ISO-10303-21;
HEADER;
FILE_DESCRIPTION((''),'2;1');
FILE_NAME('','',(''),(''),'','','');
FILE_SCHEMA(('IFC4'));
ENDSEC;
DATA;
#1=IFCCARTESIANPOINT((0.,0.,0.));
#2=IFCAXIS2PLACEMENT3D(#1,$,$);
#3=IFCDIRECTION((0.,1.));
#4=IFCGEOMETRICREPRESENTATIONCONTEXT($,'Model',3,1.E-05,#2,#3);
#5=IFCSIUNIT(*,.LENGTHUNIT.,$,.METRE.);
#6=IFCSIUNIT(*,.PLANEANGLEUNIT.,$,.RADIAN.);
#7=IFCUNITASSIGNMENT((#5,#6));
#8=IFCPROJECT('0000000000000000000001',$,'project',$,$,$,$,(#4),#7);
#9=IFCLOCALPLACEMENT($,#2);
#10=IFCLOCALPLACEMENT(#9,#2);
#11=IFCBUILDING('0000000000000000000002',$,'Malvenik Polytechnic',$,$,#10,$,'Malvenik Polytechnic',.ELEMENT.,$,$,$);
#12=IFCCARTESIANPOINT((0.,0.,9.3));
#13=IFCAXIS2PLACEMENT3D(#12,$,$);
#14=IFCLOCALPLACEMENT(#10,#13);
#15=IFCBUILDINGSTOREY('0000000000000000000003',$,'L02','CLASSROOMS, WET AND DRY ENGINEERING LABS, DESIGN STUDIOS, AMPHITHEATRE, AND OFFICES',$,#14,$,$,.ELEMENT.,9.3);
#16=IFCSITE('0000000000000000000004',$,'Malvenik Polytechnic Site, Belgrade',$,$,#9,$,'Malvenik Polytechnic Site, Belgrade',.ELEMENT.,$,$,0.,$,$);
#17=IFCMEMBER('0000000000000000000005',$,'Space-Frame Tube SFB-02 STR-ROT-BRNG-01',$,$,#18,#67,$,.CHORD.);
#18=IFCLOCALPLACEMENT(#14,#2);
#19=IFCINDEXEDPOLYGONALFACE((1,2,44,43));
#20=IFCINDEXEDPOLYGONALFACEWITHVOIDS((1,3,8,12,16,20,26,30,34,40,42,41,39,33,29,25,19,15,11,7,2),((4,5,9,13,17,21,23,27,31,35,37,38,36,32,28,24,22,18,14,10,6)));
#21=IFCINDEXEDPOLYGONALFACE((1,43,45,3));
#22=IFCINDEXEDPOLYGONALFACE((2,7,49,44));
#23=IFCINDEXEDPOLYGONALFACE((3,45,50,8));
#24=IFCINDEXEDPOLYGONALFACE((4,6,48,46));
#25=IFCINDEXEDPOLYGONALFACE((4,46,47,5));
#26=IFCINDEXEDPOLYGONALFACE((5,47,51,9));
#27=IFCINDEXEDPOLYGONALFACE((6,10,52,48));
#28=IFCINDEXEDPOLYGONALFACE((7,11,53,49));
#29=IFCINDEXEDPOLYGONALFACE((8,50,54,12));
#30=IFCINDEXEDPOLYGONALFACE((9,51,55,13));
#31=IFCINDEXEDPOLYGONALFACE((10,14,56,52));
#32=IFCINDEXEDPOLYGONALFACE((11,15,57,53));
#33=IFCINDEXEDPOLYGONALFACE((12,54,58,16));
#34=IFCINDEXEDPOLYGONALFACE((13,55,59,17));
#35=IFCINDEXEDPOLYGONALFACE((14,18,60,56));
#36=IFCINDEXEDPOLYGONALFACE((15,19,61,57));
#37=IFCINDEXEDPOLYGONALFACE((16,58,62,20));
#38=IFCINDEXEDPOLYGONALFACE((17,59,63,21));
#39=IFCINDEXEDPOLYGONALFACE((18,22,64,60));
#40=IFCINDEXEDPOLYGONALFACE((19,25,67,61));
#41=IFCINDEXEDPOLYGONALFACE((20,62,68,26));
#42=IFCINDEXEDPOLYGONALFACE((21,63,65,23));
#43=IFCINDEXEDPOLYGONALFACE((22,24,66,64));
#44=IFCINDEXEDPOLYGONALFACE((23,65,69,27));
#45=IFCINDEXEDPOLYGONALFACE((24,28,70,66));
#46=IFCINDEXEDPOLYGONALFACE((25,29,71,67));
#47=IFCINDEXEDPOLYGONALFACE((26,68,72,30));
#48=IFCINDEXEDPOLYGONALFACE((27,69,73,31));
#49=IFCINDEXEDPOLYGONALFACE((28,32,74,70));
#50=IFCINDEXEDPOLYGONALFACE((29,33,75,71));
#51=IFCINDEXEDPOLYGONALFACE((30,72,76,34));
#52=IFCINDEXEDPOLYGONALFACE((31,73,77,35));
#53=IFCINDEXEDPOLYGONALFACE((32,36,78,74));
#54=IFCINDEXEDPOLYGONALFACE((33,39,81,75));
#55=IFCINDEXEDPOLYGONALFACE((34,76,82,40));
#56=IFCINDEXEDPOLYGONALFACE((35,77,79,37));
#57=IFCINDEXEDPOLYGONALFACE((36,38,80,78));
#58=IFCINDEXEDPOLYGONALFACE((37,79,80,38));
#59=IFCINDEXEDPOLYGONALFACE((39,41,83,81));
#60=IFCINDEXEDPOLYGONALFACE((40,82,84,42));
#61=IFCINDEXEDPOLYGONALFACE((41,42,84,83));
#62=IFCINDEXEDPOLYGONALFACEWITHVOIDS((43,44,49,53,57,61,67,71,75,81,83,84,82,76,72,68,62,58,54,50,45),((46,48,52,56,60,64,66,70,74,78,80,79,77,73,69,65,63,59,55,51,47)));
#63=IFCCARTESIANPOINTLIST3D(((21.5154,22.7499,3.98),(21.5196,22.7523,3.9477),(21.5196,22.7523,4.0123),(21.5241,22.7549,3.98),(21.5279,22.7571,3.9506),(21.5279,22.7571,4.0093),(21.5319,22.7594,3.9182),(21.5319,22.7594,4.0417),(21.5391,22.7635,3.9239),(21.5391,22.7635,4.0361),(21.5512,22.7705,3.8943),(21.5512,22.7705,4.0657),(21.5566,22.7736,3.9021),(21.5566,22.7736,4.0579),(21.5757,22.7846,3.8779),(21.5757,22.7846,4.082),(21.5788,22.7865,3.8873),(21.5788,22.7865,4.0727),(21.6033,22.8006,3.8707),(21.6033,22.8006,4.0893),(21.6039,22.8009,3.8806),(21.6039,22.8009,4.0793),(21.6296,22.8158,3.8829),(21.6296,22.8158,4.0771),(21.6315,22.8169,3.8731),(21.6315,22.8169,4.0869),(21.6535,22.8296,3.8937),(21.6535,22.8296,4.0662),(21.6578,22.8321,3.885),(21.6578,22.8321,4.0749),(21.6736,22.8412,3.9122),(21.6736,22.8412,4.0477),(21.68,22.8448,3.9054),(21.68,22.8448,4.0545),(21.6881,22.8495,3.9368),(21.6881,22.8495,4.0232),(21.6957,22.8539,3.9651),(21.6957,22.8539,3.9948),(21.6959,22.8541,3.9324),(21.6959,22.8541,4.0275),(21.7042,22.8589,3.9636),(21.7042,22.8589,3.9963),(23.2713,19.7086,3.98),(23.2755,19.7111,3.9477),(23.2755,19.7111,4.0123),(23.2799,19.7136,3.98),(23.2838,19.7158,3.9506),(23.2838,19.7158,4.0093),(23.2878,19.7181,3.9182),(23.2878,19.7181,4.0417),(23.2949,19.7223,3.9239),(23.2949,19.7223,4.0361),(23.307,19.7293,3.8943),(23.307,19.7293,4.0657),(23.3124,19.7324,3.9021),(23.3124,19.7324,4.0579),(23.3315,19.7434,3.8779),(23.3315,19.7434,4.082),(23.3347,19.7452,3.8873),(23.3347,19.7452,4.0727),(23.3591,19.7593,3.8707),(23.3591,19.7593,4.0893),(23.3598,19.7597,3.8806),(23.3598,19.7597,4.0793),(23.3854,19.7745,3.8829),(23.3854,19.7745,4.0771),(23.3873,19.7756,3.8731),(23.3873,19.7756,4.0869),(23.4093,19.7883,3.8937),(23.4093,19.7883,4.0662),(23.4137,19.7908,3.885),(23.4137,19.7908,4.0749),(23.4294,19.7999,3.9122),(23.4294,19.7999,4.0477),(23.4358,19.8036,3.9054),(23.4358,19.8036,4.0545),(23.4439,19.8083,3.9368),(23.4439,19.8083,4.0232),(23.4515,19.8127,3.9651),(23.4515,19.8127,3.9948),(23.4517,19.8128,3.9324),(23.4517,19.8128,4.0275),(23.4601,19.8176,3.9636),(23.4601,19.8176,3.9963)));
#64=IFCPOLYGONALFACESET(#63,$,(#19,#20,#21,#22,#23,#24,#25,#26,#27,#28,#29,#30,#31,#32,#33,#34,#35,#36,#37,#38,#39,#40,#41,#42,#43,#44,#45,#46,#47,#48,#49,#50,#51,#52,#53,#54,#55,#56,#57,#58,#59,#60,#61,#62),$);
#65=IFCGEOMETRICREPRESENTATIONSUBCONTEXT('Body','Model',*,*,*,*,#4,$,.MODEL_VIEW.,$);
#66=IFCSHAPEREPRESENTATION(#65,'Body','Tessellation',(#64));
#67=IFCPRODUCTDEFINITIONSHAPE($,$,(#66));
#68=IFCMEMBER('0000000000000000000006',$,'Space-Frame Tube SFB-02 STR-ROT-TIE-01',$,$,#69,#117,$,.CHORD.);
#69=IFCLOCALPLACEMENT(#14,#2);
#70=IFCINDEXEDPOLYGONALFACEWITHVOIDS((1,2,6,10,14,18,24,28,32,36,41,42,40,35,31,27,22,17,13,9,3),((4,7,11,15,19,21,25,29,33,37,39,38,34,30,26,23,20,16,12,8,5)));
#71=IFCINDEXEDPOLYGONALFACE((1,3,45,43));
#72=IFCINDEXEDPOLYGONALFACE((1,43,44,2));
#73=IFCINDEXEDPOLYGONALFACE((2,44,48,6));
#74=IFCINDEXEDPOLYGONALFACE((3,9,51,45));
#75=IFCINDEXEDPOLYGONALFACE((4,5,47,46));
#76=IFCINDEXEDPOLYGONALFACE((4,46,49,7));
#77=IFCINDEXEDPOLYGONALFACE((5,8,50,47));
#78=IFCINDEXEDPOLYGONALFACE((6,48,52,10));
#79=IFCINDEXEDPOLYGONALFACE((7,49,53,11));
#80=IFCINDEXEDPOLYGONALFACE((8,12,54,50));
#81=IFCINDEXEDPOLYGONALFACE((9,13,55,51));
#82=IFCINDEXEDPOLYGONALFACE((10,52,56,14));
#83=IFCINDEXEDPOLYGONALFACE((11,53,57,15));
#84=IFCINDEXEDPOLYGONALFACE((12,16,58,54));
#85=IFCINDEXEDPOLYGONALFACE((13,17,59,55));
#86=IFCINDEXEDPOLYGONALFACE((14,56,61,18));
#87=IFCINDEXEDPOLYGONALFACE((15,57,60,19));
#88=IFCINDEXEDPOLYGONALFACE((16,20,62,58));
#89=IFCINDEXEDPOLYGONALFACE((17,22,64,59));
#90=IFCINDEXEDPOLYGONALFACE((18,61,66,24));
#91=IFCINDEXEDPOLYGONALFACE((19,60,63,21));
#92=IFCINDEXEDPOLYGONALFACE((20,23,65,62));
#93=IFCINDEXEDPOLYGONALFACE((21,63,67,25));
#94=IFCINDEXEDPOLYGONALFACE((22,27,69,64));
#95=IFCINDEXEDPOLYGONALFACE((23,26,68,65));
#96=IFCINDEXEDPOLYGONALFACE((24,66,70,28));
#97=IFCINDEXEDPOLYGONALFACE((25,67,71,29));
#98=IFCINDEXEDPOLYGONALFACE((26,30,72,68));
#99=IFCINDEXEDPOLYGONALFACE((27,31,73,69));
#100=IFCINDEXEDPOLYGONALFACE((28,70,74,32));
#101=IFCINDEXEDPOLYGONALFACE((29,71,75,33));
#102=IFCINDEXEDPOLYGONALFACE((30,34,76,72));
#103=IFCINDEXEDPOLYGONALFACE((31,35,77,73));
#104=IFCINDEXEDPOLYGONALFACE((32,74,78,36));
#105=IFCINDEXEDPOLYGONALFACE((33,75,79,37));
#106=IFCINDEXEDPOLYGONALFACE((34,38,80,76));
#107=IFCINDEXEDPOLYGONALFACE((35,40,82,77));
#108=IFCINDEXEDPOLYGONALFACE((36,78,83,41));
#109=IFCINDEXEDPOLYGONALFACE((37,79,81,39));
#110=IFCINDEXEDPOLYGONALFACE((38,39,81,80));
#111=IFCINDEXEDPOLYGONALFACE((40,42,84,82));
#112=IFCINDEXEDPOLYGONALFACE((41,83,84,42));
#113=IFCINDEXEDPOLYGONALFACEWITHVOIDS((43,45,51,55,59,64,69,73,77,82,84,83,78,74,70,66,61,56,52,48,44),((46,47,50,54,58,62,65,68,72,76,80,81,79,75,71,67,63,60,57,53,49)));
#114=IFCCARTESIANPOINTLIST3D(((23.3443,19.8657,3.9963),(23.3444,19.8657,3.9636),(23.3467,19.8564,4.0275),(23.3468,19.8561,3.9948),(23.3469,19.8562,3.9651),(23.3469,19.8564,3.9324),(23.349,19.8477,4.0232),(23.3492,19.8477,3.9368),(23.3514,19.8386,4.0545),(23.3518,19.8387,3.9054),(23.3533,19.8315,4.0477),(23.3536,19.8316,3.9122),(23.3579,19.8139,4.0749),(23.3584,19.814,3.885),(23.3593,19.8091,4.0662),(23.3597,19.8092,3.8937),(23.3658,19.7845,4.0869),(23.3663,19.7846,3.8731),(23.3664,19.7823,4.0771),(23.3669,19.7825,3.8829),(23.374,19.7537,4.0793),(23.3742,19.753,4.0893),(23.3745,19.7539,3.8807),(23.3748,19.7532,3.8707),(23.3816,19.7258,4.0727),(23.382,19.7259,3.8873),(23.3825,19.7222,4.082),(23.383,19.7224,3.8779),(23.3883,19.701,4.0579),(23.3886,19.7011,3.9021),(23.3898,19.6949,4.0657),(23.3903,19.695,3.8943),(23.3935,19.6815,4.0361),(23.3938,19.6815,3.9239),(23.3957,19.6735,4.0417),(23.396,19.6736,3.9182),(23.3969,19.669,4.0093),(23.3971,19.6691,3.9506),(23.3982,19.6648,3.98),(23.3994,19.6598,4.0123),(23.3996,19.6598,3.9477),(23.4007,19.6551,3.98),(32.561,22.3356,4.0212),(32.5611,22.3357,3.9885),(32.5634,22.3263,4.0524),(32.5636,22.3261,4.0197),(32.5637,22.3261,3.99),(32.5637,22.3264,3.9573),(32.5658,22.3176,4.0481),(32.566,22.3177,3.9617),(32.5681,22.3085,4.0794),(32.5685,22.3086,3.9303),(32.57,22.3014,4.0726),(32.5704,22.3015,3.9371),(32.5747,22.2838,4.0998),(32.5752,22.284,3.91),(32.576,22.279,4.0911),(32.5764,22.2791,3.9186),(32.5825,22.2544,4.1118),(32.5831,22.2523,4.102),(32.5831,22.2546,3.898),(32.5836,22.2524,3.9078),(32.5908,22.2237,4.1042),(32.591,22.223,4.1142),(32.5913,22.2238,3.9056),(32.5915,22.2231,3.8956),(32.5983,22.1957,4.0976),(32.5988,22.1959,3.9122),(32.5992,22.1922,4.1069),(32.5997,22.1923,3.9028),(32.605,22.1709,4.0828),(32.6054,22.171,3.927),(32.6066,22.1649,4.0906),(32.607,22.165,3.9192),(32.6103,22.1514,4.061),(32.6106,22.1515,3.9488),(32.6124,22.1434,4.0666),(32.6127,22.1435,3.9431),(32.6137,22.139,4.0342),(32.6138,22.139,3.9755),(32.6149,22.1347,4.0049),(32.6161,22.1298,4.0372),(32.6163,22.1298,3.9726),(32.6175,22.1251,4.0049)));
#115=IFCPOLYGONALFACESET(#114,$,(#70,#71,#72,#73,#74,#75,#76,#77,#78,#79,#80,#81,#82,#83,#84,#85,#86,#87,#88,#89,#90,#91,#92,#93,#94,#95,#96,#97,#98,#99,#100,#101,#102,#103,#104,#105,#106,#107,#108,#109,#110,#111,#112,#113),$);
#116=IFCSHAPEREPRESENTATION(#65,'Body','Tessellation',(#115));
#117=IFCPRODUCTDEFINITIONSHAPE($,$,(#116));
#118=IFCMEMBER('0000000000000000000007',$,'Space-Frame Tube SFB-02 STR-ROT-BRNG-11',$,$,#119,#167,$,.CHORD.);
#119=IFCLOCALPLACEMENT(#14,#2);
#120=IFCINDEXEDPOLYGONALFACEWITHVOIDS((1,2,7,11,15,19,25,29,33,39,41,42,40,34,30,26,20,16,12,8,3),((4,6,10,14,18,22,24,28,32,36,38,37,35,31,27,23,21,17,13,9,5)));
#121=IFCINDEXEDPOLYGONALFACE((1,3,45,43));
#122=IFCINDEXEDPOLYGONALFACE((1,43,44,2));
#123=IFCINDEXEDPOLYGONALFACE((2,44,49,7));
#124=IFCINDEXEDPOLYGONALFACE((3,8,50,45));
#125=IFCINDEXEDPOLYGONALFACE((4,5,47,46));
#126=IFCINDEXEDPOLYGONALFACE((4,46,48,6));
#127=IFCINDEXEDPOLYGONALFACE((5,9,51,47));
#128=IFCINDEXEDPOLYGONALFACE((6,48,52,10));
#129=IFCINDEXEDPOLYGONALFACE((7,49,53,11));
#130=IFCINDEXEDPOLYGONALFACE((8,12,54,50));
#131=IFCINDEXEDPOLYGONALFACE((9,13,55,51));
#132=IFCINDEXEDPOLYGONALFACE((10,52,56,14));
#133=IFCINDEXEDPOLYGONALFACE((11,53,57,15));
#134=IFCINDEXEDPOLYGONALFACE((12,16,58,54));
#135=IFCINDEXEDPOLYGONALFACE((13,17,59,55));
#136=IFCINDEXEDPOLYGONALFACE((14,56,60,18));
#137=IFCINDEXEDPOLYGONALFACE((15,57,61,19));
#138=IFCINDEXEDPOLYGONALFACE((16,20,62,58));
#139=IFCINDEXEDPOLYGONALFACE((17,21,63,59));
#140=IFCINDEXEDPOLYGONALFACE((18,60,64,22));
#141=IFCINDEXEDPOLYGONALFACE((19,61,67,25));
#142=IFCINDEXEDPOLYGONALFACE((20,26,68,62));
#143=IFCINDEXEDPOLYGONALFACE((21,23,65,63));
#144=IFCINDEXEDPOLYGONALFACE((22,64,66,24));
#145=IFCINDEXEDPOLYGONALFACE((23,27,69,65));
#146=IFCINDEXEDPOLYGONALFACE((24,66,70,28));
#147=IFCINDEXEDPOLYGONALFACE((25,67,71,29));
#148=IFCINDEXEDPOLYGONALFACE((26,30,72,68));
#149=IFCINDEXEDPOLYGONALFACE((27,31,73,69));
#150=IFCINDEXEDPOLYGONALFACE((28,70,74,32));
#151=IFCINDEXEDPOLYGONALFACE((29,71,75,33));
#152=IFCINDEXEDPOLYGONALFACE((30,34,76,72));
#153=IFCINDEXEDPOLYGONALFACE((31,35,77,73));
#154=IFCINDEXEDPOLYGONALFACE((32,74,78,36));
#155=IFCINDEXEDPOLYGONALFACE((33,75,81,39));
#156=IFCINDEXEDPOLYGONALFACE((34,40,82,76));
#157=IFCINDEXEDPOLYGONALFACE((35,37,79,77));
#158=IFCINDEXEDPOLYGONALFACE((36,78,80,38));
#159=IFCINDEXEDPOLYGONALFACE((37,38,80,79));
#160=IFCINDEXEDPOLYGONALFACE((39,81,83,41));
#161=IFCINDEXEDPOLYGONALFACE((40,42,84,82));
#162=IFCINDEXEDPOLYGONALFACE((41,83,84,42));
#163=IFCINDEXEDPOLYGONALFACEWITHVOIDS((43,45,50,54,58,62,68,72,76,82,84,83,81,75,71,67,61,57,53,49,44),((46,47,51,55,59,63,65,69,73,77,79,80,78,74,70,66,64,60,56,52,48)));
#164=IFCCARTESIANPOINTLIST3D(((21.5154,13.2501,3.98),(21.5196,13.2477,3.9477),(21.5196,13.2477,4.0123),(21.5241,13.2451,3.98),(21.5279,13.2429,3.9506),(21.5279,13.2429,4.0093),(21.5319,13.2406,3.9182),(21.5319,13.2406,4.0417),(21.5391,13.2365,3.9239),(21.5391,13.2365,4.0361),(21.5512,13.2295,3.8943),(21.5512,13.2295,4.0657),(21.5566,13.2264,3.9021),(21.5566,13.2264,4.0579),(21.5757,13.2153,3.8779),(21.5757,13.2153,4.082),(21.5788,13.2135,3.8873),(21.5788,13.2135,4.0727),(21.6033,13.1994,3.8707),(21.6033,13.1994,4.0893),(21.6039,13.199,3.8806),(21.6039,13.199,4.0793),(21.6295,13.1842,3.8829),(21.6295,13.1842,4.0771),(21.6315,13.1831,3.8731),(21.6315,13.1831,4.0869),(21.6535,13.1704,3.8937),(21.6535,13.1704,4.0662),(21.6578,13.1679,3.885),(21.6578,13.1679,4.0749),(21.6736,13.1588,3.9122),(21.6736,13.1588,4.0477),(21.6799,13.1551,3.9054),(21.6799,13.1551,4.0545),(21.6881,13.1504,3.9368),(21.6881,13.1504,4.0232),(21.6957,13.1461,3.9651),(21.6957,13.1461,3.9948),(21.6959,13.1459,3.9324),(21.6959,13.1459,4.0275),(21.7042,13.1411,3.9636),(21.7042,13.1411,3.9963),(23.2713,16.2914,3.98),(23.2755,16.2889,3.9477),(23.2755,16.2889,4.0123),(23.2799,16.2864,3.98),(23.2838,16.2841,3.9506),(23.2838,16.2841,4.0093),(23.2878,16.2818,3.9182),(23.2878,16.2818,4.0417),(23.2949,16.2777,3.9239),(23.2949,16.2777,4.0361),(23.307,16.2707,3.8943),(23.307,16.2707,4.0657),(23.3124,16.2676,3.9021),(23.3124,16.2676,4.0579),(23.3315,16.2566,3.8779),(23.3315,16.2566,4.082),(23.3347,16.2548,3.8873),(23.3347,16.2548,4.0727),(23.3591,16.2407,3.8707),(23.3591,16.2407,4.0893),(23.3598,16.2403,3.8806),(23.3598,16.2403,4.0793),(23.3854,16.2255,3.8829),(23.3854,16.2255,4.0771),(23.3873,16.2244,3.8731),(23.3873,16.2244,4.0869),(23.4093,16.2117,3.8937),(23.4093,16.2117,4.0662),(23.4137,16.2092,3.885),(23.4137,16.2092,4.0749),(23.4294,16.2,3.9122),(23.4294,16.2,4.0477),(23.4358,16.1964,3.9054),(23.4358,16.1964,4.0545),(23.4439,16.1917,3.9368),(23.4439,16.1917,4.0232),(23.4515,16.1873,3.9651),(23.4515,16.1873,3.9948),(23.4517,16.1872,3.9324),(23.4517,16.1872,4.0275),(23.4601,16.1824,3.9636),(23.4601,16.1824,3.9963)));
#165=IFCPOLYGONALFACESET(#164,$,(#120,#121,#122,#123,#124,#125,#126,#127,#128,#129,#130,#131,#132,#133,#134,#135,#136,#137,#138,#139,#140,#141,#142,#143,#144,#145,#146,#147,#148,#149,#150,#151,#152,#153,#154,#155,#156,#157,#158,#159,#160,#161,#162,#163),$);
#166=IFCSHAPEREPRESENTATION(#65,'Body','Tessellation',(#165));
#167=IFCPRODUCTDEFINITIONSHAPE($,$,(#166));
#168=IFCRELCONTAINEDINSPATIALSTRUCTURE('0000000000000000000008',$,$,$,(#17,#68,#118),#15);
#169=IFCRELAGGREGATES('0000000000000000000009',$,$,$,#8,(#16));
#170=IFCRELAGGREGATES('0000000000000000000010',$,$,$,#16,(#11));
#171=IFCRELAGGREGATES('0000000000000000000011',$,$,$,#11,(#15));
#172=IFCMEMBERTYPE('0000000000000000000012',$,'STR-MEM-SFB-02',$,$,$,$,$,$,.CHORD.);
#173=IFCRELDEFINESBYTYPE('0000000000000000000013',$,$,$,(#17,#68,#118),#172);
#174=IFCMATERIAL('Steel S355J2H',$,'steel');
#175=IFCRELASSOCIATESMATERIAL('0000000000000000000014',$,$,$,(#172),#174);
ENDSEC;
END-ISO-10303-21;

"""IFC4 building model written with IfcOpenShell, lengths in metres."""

from ifc_helpers import new_model, si_unit, direction, frame, origin, origin_2d, place, context, subcontext, project, spatial, hollow_circle, extrude, material, material_profile, profile_set, type_object, element, save


model = new_model("IFC4")

# Units and contexts
model_context = context("Model", 3, precision=1e-05, world=origin(), true_north=direction((0.0, 1.0)))
body_context = subcontext(model_context, "Body", "Model", "MODEL_VIEW")
ifc_project = project(units=[si_unit("LENGTHUNIT", "METRE"), si_unit("PLANEANGLEUNIT", "RADIAN")], contexts=[model_context])

# Site, building, storey
site_placement = place(None, origin())
site = spatial("IfcSite", under=ifc_project, at=site_placement, Name="Malvenik Polytechnic Site, Belgrade", LongName="Malvenik Polytechnic Site, Belgrade", CompositionType="ELEMENT", RefElevation=0.0)
building_placement = place(site_placement, origin())
building = spatial("IfcBuilding", under=site, at=building_placement, Name="Malvenik Polytechnic", LongName="Malvenik Polytechnic", CompositionType="ELEMENT")
storey_placement = place(building_placement, frame((0.0, 0.0, 9.3)))
storey = spatial("IfcBuildingStorey", under=building, at=storey_placement, Name="L02", Description="CLASSROOMS, WET AND DRY ENGINEERING LABS, DESIGN STUDIOS, AMPHITHEATRE, AND OFFICES", CompositionType="ELEMENT", Elevation=9.3)

# Members
ifc_material_1 = material(Name="Steel S355J2H", Category="steel")
ifc_material_profile_1 = material_profile(ifc_material_1, hollow_circle(Radius=0.1096, WallThickness=0.01, at=origin_2d()), Name="CHS 219.1x10.0")
ifc_profile_set_1 = profile_set([ifc_material_profile_1], Name="Steel S355J2H")
member_type = type_object("IfcMemberType", Name="STR-MEM-SFB-02", PredefinedType="CHORD", material=ifc_profile_set_1)
member_1_placement = place(storey_placement, frame((23.3662, 19.7634, 3.98), z_axis=(-0.499997, 0.866027, 0.0), x_axis=(-0.866027, -0.499997, 0.0)))
element("IfcMember", 1, at=member_1_placement, inside=storey, type_object=member_type, Name="Space-Frame Tube SFB-02 STR-ROT-BRNG-01", PredefinedType="CHORD", context=body_context, shape_type="SweptSolid", body=[
    extrude(hollow_circle(Radius=0.1096, WallThickness=0.01, at=origin_2d()), origin(), (0.0, 0.0, 1.0), 3.5117),
])
member_2_placement = place(storey_placement, frame((32.5891, 22.231, 4.0049), z_axis=(-0.965914, -0.258851, -0.00261), x_axis=(0.258852, -0.965917, 0.0)))
element("IfcMember", 2, at=member_2_placement, inside=storey, type_object=member_type, Name="Space-Frame Tube SFB-02 STR-ROT-TIE-01", PredefinedType="CHORD", context=body_context, shape_type="SweptSolid", body=[
    extrude(hollow_circle(Radius=0.1096, WallThickness=0.01, at=origin_2d()), origin(), (0.0, 0.0, 1.0), 9.542),
])
member_3_placement = place(storey_placement, frame((21.6104, 13.1953, 3.98), z_axis=(0.499997, 0.866027, 0.0), x_axis=(-0.866027, 0.499997, 0.0)))
element("IfcMember", 3, at=member_3_placement, inside=storey, type_object=member_type, Name="Space-Frame Tube SFB-02 STR-ROT-BRNG-11", PredefinedType="CHORD", context=body_context, shape_type="SweptSolid", body=[
    extrude(hollow_circle(Radius=0.1096, WallThickness=0.01, at=origin_2d()), origin(), (0.0, 0.0, 1.0), 3.5117),
])

save(model, "model.ifc")
